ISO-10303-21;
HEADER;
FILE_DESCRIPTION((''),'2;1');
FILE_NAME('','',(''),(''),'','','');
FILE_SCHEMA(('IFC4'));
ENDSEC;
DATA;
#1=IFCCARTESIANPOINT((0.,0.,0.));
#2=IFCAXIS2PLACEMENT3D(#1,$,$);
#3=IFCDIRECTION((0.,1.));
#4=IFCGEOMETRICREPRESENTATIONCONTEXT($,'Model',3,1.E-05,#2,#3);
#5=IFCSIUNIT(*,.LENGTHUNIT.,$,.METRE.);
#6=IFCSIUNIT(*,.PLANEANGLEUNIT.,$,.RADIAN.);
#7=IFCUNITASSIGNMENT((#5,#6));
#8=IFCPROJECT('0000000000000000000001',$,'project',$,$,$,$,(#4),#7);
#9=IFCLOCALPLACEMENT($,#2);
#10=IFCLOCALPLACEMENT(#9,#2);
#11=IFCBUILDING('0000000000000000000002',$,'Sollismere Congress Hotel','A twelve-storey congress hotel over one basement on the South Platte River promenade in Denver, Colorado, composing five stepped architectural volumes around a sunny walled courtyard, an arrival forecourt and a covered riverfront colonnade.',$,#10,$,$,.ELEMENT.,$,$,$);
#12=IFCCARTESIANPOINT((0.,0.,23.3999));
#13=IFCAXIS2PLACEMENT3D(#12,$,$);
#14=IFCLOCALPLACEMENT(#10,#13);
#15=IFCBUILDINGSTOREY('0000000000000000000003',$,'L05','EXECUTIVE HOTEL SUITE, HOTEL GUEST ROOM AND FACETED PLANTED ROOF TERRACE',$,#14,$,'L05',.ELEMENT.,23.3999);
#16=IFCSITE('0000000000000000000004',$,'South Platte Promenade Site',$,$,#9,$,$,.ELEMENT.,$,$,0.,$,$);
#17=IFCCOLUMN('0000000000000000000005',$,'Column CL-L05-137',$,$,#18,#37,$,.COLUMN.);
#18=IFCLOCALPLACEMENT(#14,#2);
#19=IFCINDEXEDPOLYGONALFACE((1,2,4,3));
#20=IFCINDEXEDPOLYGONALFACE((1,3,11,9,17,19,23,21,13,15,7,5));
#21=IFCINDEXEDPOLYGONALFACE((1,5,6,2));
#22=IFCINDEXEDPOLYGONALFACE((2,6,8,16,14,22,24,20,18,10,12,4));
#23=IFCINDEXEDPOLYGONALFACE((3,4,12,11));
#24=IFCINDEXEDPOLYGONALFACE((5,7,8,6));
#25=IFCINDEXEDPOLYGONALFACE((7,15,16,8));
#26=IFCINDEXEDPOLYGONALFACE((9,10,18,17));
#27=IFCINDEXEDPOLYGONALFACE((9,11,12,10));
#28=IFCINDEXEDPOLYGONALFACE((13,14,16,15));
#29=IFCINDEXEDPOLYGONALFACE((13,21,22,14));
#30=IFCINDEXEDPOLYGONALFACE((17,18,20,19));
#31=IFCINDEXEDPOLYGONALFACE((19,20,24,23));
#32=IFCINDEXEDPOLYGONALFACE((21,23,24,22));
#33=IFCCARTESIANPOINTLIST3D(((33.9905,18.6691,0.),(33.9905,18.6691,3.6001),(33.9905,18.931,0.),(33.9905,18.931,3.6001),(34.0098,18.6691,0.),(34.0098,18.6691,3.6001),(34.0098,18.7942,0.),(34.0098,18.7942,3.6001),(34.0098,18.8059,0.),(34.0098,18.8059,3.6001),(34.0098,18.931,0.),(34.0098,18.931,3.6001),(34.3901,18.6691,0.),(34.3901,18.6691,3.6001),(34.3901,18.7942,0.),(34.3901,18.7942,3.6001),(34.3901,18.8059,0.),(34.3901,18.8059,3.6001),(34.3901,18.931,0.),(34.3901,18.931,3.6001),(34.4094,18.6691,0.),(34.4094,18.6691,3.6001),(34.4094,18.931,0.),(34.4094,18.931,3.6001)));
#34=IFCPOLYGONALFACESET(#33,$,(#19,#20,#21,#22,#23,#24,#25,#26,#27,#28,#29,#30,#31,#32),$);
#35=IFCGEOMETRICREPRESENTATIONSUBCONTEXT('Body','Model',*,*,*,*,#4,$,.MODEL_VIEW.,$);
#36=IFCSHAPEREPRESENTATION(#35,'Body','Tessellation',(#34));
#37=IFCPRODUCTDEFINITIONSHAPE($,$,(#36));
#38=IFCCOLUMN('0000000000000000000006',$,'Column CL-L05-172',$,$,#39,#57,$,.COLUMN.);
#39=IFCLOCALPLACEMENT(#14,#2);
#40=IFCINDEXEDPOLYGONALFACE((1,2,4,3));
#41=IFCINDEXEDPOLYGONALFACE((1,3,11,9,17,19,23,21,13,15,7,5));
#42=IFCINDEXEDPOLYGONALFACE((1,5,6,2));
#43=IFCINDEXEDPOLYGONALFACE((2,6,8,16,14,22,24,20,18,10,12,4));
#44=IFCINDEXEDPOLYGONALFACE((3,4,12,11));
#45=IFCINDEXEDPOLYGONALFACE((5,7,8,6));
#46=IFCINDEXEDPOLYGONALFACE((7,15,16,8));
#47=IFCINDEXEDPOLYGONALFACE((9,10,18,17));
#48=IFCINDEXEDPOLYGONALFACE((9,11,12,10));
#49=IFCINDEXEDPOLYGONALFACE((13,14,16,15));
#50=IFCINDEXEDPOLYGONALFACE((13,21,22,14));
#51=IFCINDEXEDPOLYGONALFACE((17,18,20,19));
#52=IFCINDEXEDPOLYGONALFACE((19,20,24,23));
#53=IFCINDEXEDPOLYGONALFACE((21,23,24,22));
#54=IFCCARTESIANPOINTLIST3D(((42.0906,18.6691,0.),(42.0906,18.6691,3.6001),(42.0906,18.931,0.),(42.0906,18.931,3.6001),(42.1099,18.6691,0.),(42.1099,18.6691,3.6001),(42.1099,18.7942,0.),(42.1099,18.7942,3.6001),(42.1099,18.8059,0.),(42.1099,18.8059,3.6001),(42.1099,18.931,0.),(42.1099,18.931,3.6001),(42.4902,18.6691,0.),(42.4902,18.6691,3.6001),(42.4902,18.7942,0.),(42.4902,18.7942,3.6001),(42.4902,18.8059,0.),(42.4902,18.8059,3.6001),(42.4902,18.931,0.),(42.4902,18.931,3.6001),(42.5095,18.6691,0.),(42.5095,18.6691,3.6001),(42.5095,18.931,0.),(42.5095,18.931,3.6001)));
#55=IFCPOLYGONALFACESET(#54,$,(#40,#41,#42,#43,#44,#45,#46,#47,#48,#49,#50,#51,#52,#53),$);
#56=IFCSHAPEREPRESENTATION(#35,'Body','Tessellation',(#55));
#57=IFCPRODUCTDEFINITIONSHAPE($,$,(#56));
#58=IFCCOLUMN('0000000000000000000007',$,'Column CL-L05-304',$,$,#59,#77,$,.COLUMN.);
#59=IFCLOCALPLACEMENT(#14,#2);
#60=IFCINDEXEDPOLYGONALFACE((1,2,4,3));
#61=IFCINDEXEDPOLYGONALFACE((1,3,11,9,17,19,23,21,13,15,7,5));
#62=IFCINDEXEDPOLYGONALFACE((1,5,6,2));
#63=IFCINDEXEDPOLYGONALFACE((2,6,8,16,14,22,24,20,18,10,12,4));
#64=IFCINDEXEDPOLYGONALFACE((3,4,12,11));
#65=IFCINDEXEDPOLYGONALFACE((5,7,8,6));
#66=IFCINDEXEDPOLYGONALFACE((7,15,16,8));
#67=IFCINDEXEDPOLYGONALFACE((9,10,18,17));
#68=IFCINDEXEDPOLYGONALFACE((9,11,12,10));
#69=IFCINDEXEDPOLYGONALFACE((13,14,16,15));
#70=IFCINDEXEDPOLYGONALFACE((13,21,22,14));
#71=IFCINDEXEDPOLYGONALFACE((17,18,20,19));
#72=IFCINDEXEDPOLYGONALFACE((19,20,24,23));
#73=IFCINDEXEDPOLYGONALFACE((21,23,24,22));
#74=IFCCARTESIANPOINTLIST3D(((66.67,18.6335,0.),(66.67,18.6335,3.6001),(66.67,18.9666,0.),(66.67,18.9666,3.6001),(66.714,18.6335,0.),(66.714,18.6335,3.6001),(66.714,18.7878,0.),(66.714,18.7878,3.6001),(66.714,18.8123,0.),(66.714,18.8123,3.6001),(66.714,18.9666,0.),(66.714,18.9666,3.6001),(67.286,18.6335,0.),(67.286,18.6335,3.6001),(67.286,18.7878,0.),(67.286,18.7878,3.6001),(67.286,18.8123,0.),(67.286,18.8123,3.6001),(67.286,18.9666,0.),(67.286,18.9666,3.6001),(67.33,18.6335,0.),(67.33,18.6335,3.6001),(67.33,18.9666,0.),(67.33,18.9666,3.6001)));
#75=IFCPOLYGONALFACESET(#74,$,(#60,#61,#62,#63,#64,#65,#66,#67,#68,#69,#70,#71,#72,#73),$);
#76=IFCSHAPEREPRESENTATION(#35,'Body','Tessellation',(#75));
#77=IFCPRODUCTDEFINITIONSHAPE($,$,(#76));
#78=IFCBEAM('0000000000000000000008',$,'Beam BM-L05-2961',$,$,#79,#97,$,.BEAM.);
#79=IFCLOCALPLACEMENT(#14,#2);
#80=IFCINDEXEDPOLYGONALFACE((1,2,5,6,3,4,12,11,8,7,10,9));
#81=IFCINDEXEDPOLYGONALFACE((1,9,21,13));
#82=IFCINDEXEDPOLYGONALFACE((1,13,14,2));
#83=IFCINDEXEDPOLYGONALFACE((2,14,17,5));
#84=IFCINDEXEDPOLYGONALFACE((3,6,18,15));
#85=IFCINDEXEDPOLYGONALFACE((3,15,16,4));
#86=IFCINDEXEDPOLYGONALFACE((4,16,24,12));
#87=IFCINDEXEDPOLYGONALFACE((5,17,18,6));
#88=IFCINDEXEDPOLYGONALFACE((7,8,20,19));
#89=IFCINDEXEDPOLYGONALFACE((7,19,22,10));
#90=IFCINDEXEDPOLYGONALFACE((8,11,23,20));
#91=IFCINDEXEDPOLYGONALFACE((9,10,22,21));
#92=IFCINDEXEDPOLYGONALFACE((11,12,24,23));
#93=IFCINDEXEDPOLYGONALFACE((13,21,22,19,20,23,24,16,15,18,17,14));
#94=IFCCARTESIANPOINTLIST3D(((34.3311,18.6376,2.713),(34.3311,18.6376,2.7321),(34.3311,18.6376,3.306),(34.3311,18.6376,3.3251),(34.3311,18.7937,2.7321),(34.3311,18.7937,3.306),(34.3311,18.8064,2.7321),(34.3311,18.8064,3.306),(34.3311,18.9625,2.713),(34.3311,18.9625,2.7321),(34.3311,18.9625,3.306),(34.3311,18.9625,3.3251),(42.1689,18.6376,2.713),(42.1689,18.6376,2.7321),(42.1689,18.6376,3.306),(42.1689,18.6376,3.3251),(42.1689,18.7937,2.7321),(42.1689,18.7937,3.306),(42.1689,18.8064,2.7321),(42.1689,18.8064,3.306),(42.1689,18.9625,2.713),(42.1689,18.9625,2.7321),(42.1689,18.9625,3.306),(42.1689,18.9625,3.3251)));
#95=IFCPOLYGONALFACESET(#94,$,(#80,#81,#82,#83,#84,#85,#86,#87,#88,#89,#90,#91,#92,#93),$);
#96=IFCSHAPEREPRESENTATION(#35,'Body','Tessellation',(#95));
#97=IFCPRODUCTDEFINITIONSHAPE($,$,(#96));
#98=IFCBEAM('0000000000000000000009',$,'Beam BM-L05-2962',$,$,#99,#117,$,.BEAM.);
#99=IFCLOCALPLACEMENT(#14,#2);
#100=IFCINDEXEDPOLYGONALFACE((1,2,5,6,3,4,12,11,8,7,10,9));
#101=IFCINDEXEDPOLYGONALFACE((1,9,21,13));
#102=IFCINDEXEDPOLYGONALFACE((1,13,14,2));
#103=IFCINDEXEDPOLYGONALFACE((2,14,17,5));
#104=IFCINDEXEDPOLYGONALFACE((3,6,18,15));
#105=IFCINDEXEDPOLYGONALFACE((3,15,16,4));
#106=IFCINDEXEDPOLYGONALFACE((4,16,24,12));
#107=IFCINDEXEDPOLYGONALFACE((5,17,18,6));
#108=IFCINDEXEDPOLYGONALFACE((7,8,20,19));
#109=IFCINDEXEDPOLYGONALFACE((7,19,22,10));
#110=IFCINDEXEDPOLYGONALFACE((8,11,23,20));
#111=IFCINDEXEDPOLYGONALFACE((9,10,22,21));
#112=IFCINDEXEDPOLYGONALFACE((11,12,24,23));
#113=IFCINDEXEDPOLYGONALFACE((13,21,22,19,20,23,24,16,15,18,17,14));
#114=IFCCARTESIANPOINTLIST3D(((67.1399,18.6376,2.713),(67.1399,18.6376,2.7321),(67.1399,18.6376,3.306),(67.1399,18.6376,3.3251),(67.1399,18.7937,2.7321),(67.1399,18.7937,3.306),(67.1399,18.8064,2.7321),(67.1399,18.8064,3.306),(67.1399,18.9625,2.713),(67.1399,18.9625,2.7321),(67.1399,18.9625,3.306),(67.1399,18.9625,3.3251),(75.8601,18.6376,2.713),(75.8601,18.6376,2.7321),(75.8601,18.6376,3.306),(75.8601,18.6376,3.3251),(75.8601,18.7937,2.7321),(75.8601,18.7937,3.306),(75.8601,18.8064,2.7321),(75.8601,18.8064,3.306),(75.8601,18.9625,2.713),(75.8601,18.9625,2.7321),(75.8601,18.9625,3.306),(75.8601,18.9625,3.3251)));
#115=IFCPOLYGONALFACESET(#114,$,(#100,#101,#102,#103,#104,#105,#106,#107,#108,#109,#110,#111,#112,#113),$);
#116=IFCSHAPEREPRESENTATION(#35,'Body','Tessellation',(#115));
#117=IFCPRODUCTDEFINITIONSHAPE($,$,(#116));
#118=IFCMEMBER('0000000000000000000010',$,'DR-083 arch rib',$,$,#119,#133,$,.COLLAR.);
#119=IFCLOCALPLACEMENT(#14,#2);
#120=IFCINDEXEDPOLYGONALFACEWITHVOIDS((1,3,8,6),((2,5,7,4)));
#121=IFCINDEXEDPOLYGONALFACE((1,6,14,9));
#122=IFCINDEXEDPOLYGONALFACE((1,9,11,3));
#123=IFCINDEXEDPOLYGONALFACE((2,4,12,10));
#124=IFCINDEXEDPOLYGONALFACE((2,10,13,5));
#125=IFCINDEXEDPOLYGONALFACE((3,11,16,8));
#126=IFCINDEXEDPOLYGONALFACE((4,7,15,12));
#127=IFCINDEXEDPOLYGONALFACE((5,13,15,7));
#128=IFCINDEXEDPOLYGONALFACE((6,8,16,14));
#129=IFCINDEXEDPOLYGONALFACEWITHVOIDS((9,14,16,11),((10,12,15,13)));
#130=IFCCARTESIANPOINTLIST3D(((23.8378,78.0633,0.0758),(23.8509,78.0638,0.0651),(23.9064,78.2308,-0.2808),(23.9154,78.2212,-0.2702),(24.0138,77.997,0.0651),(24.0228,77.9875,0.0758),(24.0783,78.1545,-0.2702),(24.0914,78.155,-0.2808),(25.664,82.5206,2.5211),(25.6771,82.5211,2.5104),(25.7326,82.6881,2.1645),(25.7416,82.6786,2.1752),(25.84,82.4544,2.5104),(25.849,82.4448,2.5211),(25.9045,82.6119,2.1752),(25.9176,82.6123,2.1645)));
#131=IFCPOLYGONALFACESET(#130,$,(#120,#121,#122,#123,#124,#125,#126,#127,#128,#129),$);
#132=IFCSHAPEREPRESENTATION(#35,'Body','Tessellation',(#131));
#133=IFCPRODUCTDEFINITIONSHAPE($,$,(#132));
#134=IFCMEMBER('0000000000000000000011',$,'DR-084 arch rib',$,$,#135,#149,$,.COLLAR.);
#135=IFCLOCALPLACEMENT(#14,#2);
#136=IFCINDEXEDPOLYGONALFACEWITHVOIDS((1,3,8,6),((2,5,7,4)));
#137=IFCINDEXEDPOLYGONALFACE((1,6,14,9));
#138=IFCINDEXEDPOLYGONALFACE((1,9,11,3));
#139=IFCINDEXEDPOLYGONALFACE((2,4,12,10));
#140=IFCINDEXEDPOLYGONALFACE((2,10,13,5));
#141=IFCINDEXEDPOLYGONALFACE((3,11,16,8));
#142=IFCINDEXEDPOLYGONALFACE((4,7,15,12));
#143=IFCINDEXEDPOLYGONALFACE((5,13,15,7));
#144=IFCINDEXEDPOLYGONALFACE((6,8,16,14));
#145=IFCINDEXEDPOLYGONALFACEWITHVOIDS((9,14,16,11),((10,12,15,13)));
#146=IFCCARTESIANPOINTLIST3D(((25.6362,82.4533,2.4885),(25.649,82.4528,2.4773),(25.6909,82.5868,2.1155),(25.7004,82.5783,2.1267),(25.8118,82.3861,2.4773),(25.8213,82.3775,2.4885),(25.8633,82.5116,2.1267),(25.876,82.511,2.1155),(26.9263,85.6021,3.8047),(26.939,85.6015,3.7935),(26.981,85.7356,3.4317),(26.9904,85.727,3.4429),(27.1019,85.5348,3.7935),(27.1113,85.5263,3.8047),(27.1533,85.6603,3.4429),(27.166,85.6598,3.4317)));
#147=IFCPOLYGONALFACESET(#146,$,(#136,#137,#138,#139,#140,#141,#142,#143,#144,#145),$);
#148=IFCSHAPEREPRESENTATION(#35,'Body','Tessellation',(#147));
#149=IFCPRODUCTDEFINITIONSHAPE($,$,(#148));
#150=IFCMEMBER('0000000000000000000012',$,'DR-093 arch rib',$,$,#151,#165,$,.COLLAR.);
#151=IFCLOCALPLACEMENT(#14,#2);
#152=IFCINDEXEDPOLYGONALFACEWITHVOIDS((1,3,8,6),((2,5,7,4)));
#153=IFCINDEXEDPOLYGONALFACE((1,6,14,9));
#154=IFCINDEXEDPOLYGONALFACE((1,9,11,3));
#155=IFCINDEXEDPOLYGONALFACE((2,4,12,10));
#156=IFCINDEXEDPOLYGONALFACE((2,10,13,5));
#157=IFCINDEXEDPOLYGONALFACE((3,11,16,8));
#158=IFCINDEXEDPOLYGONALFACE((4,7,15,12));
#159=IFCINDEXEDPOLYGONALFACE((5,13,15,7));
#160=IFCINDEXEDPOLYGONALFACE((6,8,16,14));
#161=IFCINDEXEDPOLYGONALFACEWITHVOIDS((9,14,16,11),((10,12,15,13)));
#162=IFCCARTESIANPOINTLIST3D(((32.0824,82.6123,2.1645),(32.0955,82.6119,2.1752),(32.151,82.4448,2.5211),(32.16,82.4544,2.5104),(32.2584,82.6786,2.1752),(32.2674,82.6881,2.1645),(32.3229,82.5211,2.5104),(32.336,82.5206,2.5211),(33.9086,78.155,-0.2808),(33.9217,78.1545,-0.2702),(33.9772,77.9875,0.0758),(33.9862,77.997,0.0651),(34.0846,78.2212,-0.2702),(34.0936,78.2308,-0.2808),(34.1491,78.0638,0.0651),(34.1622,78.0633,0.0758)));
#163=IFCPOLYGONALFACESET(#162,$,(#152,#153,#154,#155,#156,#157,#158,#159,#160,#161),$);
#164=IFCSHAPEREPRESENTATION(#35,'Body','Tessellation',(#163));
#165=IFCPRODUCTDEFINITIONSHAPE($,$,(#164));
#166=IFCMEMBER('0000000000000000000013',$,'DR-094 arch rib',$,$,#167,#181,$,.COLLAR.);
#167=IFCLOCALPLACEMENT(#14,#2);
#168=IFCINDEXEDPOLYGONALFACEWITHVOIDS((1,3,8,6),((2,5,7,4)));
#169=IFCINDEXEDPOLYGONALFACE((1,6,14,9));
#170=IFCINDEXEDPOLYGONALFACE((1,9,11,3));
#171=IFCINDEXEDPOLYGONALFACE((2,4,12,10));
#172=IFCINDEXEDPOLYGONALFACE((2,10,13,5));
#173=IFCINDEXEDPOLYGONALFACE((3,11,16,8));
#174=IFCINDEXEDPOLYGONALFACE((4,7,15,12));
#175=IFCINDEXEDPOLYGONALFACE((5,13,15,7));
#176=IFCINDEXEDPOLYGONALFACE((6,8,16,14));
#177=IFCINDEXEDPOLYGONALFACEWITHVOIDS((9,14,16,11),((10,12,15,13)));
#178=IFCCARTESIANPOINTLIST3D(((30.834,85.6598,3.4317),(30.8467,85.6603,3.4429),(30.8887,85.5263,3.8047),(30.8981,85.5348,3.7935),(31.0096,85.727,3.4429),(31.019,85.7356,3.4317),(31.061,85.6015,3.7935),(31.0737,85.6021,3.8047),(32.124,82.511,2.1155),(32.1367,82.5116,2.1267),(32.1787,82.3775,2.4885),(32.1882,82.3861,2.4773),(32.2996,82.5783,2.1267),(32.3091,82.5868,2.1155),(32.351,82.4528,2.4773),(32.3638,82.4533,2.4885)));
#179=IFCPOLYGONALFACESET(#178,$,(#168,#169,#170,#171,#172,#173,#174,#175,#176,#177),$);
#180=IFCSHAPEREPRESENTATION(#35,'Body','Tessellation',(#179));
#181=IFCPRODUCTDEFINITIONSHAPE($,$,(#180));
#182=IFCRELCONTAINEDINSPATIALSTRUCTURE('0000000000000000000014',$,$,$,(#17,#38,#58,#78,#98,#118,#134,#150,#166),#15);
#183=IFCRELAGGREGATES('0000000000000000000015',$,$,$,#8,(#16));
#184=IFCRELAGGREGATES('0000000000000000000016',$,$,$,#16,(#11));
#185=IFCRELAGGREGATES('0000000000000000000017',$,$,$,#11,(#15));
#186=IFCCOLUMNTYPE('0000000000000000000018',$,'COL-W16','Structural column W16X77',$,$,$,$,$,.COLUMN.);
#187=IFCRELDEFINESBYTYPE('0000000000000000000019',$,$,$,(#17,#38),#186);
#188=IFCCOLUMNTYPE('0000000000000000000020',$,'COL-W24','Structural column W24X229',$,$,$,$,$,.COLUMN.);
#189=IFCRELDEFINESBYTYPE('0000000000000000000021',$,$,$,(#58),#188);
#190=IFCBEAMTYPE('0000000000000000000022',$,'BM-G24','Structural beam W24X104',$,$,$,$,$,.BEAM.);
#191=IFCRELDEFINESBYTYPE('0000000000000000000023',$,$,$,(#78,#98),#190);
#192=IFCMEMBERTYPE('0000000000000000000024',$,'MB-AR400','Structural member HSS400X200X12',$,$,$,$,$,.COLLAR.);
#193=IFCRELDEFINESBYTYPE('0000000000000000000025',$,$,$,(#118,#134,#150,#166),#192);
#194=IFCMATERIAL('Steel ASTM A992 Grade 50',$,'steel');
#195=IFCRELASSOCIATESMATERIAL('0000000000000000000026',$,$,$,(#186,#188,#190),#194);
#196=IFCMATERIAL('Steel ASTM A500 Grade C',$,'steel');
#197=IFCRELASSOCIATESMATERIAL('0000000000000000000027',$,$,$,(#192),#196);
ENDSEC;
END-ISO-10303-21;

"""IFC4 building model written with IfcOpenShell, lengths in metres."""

from ifc_helpers import new_model, si_unit, direction, frame, origin, origin_2d, place, context, subcontext, project, spatial, hollow_rectangle, i_section, extrude, material, material_profile, profile_set, type_object, element, save


model = new_model("IFC4")

# Units and contexts
model_context = context("Model", 3, precision=1e-05, world=origin(), true_north=direction((0.0, 1.0)))
body_context = subcontext(model_context, "Body", "Model", "MODEL_VIEW")
ifc_project = project(units=[si_unit("LENGTHUNIT", "METRE"), si_unit("PLANEANGLEUNIT", "RADIAN")], contexts=[model_context])

# Site, building, storey
site_placement = place(None, origin())
site = spatial("IfcSite", under=ifc_project, at=site_placement, Name="South Platte Promenade Site", CompositionType="ELEMENT", RefElevation=0.0)
building_placement = place(site_placement, origin())
building = spatial("IfcBuilding", under=site, at=building_placement, Name="Sollismere Congress Hotel", Description="A twelve-storey congress hotel over one basement on the South Platte River promenade in Denver, Colorado, composing five stepped architectural volumes around a sunny walled courtyard, an arrival forecourt and a covered riverfront colonnade.", CompositionType="ELEMENT")
storey_placement = place(building_placement, frame((0.0, 0.0, 23.3999)))
storey = spatial("IfcBuildingStorey", under=building, at=storey_placement, Name="L05", Description="EXECUTIVE HOTEL SUITE, HOTEL GUEST ROOM AND FACETED PLANTED ROOF TERRACE", LongName="L05", CompositionType="ELEMENT", Elevation=23.3999)

# Columns
ifc_material_1 = material(Name="Steel ASTM A992 Grade 50", Category="steel")
ifc_material_profile_1 = material_profile(ifc_material_1, i_section(OverallWidth=0.262, OverallDepth=0.4189, WebThickness=0.0117, FlangeThickness=0.0193, at=origin_2d()), Name="W16X77")
ifc_profile_set_1 = profile_set([ifc_material_profile_1], Name="Steel ASTM A992 Grade 50")
column_type_1 = type_object("IfcColumnType", Name="COL-W16", Description="Structural column W16X77", PredefinedType="COLUMN", material=ifc_profile_set_1)
for number, where, z_axis, x_axis, name in (
    (1, (34.2, 18.8, 0.0), (0.0, 0.0, 1.0), (0.0, 1.0, 0.0), "Column CL-L05-137"),
    (2, (42.3, 18.8, 0.0), (0.0, 0.0, 1.0), (0.0, 1.0, 0.0), "Column CL-L05-172"),
):
    element("IfcColumn", number, at=place(storey_placement, frame(where, z_axis=z_axis, x_axis=x_axis)), inside=storey, type_object=column_type_1, Name=name, PredefinedType="COLUMN", context=body_context, shape_type="SweptSolid", body=[
        extrude(i_section(OverallWidth=0.262, OverallDepth=0.4189, WebThickness=0.0117, FlangeThickness=0.0193, at=origin_2d()), origin(), (0.0, 0.0, 1.0), 3.6001),
    ])
ifc_material_profile_2 = material_profile(ifc_material_1, i_section(OverallWidth=0.333, OverallDepth=0.6599, WebThickness=0.0244, FlangeThickness=0.0439, at=origin_2d()), Name="W24X229")
ifc_profile_set_2 = profile_set([ifc_material_profile_2], Name="Steel ASTM A992 Grade 50")
column_type_2 = type_object("IfcColumnType", Name="COL-W24", Description="Structural column W24X229", PredefinedType="COLUMN", material=ifc_profile_set_2)
column_placement = place(storey_placement, frame((67.0, 18.8, 0.0), z_axis=(0.0, 0.0, 1.0), x_axis=(0.0, 1.0, 0.0)))
element("IfcColumn", 3, at=column_placement, inside=storey, type_object=column_type_2, Name="Column CL-L05-304", PredefinedType="COLUMN", context=body_context, shape_type="SweptSolid", body=[
    extrude(i_section(OverallWidth=0.333, OverallDepth=0.6599, WebThickness=0.0244, FlangeThickness=0.0439, at=origin_2d()), origin(), (0.0, 0.0, 1.0), 3.6001),
])

# Beams
ifc_material_profile_3 = material_profile(ifc_material_1, i_section(OverallWidth=0.325, OverallDepth=0.6121, WebThickness=0.0127, FlangeThickness=0.019, at=origin_2d()), Name="W24X104")
ifc_profile_set_3 = profile_set([ifc_material_profile_3], Name="Steel ASTM A992 Grade 50")
beam_type = type_object("IfcBeamType", Name="BM-G24", Description="Structural beam W24X104", PredefinedType="BEAM", material=ifc_profile_set_3)
beam_1_placement = place(storey_placement, frame((34.3311, 18.8, 3.019), z_axis=(1.0, 0.0, 0.0), x_axis=(0.0, 1.0, 0.0)))
element("IfcBeam", 4, at=beam_1_placement, inside=storey, type_object=beam_type, Name="Beam BM-L05-2961", PredefinedType="BEAM", context=body_context, shape_type="SweptSolid", body=[
    extrude(i_section(OverallWidth=0.325, OverallDepth=0.6121, WebThickness=0.0127, FlangeThickness=0.019, at=origin_2d()), origin(), (0.0, 0.0, 1.0), 7.8379),
])
beam_2_placement = place(storey_placement, frame((67.1399, 18.8, 3.019), z_axis=(1.0, 0.0, 0.0), x_axis=(0.0, 1.0, 0.0)))
element("IfcBeam", 5, at=beam_2_placement, inside=storey, type_object=beam_type, Name="Beam BM-L05-2962", PredefinedType="BEAM", context=body_context, shape_type="SweptSolid", body=[
    extrude(i_section(OverallWidth=0.325, OverallDepth=0.6121, WebThickness=0.0127, FlangeThickness=0.019, at=origin_2d()), origin(), (0.0, 0.0, 1.0), 8.7202),
])

# Members
ifc_material_2 = material(Name="Steel ASTM A500 Grade C", Category="steel")
ifc_material_profile_4 = material_profile(ifc_material_2, hollow_rectangle(XDim=0.2, YDim=0.3999, WallThickness=0.012, at=origin_2d()), Name="HSS400X200X12")
ifc_profile_set_4 = profile_set([ifc_material_profile_4], Name="Steel ASTM A500 Grade C")
member_type_1 = type_object("IfcMemberType", Name="MB-AR400", Description="Structural member HSS400X200X12", PredefinedType="COLLAR", material=ifc_profile_set_4)
member_1_placement = place(storey_placement, frame((23.9646, 78.1091, -0.1025), z_axis=(0.338054, 0.825114, 0.452667), x_axis=(-0.925347, 0.37912, 0.0)))
element("IfcMember", 6, at=member_1_placement, inside=storey, type_object=member_type_1, Name="DR-083 arch rib", PredefinedType="COLLAR", context=body_context, shape_type="SweptSolid", body=[
    extrude(hollow_rectangle(XDim=0.2, YDim=0.3999, WallThickness=0.012, at=origin_2d()), origin(), (0.0, 0.0, 1.0), 5.4021),
])
member_2_placement = place(storey_placement, frame((25.7561, 82.4822, 2.302), z_axis=(0.353592, 0.863035, 0.360752), x_axis=(-0.925347, 0.379122, 0.0)))
element("IfcMember", 7, at=member_2_placement, inside=storey, type_object=member_type_1, Name="DR-084 arch rib", PredefinedType="COLLAR", context=body_context, shape_type="SweptSolid", body=[
    extrude(hollow_rectangle(XDim=0.2, YDim=0.3999, WallThickness=0.012, at=origin_2d()), origin(), (0.0, 0.0, 1.0), 3.6484),
])
member_3_placement = place(storey_placement, frame((34.0354, 78.1091, -0.1025), z_axis=(-0.338054, 0.825114, 0.452667), x_axis=(-0.925347, -0.37912, 0.0)))
element("IfcMember", 8, at=member_3_placement, inside=storey, type_object=member_type_1, Name="DR-093 arch rib", PredefinedType="COLLAR", context=body_context, shape_type="SweptSolid", body=[
    extrude(hollow_rectangle(XDim=0.2, YDim=0.3999, WallThickness=0.012, at=origin_2d()), origin(), (0.0, 0.0, 1.0), 5.4021),
])
member_4_placement = place(storey_placement, frame((32.2439, 82.4822, 2.302), z_axis=(-0.353592, 0.863035, 0.360752), x_axis=(-0.925347, -0.379122, 0.0)))
element("IfcMember", 9, at=member_4_placement, inside=storey, type_object=member_type_1, Name="DR-094 arch rib", PredefinedType="COLLAR", context=body_context, shape_type="SweptSolid", body=[
    extrude(hollow_rectangle(XDim=0.2, YDim=0.3999, WallThickness=0.012, at=origin_2d()), origin(), (0.0, 0.0, 1.0), 3.6484),
])

save(model, "model.ifc")
